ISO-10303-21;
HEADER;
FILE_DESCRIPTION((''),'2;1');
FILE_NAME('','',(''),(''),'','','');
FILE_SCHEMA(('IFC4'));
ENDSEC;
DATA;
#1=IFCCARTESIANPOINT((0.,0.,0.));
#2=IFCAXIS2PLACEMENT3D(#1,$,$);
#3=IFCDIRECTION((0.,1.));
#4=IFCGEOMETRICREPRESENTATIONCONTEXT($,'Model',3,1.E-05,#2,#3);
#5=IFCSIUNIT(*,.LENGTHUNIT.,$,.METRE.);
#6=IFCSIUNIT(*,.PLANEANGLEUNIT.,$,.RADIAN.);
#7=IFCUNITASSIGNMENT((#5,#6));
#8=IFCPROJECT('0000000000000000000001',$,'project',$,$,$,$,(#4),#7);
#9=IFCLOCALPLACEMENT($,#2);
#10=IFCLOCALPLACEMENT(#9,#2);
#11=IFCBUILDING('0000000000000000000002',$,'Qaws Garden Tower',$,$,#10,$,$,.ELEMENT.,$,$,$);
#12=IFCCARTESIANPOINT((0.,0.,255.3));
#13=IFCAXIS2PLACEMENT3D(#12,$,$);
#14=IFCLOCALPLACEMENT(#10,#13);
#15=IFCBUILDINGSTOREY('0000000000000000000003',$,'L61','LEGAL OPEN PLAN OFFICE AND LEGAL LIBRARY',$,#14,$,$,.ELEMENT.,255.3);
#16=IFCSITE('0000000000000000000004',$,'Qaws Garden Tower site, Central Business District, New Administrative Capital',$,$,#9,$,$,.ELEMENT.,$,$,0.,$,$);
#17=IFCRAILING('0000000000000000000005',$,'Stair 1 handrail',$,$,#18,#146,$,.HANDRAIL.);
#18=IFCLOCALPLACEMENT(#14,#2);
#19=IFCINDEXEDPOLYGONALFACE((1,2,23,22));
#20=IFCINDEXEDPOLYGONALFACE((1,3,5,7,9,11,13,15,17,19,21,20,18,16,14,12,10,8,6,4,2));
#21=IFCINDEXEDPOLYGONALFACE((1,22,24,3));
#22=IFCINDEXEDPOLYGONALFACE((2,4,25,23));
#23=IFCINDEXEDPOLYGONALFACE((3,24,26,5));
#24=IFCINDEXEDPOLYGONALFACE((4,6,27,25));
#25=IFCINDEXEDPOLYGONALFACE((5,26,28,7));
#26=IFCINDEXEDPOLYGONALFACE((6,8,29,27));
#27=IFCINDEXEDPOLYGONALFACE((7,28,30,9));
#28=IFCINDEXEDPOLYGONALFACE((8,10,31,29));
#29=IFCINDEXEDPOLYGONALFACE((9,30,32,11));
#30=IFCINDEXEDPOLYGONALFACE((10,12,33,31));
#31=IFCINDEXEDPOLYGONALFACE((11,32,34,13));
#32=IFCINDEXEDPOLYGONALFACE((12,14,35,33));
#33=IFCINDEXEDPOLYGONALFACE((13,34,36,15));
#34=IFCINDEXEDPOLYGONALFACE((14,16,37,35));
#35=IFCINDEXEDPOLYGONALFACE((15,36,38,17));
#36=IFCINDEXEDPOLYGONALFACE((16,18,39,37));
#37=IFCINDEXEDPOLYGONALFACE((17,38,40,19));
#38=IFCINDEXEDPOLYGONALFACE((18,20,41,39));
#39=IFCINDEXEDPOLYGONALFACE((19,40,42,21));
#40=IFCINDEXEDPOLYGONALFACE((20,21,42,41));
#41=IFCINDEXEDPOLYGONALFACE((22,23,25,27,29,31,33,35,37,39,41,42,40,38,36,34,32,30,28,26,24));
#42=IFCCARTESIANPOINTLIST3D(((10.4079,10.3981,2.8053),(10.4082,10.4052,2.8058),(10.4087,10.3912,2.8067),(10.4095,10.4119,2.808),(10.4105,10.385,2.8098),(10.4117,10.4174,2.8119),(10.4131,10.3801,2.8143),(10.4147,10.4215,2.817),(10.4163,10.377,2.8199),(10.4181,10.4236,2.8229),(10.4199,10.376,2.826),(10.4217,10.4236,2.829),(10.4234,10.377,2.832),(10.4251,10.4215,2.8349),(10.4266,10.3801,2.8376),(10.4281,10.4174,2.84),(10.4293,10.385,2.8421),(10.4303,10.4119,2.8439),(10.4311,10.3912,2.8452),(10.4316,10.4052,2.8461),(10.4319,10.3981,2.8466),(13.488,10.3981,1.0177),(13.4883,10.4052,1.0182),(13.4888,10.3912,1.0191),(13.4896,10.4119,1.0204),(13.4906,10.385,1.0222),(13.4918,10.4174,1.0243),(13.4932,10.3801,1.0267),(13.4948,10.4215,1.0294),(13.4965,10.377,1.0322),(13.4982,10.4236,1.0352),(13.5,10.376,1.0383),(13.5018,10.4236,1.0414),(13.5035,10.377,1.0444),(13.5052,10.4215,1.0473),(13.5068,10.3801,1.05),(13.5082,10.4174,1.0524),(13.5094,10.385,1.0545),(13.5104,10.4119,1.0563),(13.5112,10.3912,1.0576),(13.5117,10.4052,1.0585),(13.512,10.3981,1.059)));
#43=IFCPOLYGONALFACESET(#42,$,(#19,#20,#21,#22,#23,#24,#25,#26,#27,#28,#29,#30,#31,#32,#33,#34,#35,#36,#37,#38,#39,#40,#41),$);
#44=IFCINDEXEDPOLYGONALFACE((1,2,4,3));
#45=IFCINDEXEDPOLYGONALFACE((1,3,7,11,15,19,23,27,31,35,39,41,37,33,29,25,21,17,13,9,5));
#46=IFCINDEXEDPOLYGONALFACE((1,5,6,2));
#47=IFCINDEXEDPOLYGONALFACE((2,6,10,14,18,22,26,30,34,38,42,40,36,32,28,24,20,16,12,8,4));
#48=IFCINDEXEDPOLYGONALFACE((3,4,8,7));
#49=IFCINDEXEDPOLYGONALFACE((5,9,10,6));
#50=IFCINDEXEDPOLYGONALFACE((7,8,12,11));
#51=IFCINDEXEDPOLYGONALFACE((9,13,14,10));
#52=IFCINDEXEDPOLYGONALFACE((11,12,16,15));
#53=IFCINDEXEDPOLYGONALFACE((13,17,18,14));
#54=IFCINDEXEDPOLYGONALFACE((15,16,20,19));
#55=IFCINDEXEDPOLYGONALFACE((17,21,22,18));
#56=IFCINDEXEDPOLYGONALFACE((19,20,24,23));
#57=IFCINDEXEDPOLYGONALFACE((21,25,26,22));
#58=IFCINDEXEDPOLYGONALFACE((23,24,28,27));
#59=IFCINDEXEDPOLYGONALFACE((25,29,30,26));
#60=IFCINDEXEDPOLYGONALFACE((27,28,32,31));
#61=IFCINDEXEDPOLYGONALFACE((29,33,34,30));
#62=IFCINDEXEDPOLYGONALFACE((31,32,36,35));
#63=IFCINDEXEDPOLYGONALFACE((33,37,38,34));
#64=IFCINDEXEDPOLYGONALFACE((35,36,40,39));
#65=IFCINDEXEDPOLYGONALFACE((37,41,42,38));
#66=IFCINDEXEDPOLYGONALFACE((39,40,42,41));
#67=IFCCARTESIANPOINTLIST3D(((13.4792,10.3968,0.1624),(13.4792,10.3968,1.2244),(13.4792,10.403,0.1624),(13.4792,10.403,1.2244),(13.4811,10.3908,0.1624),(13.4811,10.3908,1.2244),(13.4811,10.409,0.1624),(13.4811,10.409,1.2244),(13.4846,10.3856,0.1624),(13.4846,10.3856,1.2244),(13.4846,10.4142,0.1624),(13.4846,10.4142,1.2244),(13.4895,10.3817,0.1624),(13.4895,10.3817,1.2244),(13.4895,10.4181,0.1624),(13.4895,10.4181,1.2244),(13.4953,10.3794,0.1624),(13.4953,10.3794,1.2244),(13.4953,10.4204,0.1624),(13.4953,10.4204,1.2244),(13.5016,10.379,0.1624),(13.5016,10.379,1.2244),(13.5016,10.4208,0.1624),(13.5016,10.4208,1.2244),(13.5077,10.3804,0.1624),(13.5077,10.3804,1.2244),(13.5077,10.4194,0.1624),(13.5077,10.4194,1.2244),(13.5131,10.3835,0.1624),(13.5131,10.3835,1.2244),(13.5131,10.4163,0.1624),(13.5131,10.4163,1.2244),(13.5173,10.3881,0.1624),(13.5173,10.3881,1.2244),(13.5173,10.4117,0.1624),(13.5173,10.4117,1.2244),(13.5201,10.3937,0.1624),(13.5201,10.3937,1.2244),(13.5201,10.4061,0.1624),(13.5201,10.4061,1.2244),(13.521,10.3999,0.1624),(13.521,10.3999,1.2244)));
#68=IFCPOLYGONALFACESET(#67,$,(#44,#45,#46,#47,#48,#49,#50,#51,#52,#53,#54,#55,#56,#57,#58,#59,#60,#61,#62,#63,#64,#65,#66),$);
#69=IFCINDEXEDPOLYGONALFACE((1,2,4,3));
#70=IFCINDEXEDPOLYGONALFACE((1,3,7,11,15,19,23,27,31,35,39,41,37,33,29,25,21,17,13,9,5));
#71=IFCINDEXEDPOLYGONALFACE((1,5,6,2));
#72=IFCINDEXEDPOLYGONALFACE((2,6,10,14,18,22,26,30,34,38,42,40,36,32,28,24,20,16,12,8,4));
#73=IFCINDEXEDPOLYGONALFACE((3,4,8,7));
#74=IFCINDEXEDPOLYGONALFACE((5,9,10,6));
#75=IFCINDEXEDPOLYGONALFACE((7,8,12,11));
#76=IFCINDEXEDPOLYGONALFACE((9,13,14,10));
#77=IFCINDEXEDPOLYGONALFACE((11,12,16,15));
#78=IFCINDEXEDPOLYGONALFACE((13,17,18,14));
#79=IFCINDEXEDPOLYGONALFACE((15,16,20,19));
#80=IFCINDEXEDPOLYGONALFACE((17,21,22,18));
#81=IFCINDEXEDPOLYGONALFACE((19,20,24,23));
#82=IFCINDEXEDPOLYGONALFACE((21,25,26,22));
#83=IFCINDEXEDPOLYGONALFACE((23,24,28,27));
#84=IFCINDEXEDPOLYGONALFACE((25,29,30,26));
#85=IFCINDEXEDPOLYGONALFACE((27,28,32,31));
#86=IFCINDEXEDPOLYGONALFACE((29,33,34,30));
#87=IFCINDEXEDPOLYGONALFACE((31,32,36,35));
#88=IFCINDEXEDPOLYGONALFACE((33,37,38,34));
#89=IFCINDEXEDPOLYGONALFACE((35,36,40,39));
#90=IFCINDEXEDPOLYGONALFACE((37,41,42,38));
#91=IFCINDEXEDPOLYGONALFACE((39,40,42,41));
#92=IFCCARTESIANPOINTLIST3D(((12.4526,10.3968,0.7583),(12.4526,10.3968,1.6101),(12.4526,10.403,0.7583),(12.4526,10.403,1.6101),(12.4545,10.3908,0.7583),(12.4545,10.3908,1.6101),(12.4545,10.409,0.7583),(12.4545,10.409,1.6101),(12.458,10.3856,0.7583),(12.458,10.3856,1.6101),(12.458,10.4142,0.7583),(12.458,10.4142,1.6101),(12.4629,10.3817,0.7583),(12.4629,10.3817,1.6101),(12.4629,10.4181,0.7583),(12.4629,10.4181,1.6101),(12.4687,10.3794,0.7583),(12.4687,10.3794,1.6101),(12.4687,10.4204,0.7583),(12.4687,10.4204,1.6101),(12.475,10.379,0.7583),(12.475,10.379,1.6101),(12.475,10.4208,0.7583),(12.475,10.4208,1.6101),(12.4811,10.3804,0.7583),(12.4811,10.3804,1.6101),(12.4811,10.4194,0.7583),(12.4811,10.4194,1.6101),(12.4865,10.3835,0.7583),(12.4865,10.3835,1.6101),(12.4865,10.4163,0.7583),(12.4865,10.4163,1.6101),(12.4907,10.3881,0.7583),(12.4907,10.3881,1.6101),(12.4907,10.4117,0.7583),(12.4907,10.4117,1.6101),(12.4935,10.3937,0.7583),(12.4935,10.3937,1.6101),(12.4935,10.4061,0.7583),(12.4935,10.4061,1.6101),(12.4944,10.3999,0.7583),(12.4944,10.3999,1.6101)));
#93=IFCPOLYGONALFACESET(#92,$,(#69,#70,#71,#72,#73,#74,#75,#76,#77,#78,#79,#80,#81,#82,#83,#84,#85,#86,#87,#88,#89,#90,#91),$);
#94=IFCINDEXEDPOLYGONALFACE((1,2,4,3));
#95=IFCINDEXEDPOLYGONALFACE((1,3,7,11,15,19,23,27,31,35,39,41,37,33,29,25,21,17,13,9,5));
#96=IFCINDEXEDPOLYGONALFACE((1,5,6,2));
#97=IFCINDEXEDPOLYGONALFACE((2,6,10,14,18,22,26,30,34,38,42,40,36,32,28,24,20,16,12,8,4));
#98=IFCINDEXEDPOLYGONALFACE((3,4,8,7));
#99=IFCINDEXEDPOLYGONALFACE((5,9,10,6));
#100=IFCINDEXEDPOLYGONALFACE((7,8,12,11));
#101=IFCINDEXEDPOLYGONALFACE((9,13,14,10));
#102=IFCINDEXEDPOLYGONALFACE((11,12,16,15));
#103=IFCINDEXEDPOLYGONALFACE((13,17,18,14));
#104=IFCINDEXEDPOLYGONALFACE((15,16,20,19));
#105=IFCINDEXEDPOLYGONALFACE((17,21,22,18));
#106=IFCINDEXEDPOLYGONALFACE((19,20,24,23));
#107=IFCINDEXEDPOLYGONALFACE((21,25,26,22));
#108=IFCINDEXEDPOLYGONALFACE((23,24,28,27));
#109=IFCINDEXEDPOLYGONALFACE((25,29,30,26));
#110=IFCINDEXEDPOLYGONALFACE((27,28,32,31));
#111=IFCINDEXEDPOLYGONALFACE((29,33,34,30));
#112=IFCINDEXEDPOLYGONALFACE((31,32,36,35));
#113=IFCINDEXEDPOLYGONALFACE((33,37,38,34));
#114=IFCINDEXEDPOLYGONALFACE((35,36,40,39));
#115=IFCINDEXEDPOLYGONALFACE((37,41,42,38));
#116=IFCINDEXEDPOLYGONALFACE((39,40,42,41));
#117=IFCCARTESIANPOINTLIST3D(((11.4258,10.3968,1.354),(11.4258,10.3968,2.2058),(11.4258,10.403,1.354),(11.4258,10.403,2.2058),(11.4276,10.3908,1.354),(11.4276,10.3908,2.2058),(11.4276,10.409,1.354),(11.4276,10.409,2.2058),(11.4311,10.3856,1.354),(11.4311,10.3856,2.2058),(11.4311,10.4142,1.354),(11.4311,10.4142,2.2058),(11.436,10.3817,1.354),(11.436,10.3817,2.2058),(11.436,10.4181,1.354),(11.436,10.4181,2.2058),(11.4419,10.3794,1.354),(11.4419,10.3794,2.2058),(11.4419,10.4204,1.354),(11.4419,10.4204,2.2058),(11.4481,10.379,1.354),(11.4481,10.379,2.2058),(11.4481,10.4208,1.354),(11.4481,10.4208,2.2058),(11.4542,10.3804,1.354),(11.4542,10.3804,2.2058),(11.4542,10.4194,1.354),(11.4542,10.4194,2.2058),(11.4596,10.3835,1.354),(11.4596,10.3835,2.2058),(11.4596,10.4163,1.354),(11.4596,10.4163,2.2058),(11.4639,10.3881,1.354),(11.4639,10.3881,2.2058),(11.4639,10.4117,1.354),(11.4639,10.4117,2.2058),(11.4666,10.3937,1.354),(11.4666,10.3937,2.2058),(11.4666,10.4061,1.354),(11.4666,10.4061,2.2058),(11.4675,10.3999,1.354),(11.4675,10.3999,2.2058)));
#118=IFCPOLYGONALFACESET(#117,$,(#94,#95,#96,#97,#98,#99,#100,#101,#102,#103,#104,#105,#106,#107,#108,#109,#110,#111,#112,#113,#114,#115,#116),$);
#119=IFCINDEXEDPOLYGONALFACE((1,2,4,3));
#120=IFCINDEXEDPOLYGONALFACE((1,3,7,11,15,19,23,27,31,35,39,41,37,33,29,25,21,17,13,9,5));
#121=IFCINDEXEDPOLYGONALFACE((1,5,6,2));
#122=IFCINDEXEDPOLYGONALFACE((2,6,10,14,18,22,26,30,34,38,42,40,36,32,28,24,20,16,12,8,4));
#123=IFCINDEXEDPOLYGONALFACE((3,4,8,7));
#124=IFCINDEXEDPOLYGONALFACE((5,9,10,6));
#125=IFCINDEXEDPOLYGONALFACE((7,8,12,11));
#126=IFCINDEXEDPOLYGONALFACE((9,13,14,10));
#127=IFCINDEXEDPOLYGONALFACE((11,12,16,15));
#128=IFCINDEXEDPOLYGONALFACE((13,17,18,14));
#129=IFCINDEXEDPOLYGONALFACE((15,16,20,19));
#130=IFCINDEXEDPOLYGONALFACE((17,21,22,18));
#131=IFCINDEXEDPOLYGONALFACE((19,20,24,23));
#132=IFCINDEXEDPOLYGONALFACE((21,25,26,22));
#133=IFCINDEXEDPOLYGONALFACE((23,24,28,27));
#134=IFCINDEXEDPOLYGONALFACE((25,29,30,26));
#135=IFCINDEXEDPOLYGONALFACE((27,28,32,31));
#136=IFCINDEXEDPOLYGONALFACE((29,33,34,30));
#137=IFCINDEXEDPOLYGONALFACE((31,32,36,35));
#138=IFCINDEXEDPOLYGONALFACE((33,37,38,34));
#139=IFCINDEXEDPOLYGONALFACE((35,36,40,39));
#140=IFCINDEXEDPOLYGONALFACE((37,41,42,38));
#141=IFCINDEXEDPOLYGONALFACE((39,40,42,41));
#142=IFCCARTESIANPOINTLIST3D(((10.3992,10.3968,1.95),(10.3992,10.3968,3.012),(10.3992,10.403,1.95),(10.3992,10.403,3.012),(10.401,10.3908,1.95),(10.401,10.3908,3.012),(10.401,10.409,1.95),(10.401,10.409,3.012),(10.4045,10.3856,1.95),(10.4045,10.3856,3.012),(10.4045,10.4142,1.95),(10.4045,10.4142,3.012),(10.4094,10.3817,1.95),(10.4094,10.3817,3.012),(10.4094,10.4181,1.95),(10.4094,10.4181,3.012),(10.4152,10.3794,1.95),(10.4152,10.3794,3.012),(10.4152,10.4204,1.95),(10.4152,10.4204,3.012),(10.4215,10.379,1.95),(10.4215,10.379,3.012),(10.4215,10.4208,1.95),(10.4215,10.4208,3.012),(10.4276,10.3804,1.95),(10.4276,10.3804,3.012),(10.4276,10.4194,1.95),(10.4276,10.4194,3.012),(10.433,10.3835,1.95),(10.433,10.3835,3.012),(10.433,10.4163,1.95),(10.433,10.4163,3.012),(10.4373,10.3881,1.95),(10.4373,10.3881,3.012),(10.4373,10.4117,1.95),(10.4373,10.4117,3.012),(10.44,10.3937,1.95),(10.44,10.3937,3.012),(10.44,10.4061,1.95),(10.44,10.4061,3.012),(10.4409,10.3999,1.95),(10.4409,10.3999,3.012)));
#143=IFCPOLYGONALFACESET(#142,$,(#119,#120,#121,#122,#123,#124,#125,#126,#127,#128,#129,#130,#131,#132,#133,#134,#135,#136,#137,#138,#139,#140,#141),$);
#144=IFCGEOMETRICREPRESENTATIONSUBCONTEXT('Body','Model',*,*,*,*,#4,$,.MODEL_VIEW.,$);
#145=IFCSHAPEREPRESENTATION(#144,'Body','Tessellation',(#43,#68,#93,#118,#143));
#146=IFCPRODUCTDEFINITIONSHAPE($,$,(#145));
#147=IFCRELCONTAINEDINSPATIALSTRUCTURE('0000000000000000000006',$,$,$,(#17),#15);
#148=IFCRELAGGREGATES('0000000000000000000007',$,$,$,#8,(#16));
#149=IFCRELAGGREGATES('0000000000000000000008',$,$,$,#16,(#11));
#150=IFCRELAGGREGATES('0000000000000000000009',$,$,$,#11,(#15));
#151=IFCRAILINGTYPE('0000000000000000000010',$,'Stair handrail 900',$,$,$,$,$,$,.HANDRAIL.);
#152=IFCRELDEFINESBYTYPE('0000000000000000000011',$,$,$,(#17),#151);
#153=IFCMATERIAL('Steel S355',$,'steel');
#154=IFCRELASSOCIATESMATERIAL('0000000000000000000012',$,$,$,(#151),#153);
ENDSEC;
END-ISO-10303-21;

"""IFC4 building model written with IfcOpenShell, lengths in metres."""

from ifc_helpers import new_model, si_unit, direction, frame, origin, origin_2d, place, context, subcontext, project, spatial, circle, extrude, material, type_object, element, save


model = new_model("IFC4")

# Units and contexts
model_context = context("Model", 3, precision=1e-05, world=origin(), true_north=direction((0.0, 1.0)))
body_context = subcontext(model_context, "Body", "Model", "MODEL_VIEW")
ifc_project = project(units=[si_unit("LENGTHUNIT", "METRE"), si_unit("PLANEANGLEUNIT", "RADIAN")], contexts=[model_context])

# Site, building, storey
site_placement = place(None, origin())
site = spatial("IfcSite", under=ifc_project, at=site_placement, Name="Qaws Garden Tower site, Central Business District, New Administrative Capital", CompositionType="ELEMENT", RefElevation=0.0)
building_placement = place(site_placement, origin())
building = spatial("IfcBuilding", under=site, at=building_placement, Name="Qaws Garden Tower", CompositionType="ELEMENT")
storey_placement = place(building_placement, frame((0.0, 0.0, 255.3)))
storey = spatial("IfcBuildingStorey", under=building, at=storey_placement, Name="L61", Description="LEGAL OPEN PLAN OFFICE AND LEGAL LIBRARY", CompositionType="ELEMENT", Elevation=255.3)

# Railing
ifc_material_1 = material(Name="Steel S355", Category="steel")
railing_type = type_object("IfcRailingType", Name="Stair handrail 900", PredefinedType="HANDRAIL", material=ifc_material_1)
railing_1_placement = place(storey_placement, frame((13.5, 10.3999, 0.1624)))
element("IfcRailing", 1, at=railing_1_placement, inside=storey, type_object=railing_type, Name="Stair 1 handrail", PredefinedType="HANDRAIL", context=body_context, shape_type="SweptSolid", body=[
    extrude(circle(Radius=0.0239, at=origin_2d()), frame((0.0, 0.0, 0.876), z_axis=(-0.864891, 0.0, 0.50196), x_axis=(0.0, -1.0, 0.0)), (0.0, 0.0, 1.0), 3.5613),
    extrude(circle(Radius=0.021, at=origin_2d()), origin(), (0.0, 0.0, 1.0), 1.062),
    extrude(circle(Radius=0.021, at=origin_2d()), frame((-1.0266, 0.0, 0.5959)), (0.0, 0.0, 1.0), 0.8518),
    extrude(circle(Radius=0.021, at=origin_2d()), frame((-2.0535, 0.0, 1.1917)), (0.0, 0.0, 1.0), 0.8518),
    extrude(circle(Radius=0.021, at=origin_2d()), frame((-3.0801, 0.0, 1.7876)), (0.0, 0.0, 1.0), 1.062),
])

save(model, "model.ifc")
